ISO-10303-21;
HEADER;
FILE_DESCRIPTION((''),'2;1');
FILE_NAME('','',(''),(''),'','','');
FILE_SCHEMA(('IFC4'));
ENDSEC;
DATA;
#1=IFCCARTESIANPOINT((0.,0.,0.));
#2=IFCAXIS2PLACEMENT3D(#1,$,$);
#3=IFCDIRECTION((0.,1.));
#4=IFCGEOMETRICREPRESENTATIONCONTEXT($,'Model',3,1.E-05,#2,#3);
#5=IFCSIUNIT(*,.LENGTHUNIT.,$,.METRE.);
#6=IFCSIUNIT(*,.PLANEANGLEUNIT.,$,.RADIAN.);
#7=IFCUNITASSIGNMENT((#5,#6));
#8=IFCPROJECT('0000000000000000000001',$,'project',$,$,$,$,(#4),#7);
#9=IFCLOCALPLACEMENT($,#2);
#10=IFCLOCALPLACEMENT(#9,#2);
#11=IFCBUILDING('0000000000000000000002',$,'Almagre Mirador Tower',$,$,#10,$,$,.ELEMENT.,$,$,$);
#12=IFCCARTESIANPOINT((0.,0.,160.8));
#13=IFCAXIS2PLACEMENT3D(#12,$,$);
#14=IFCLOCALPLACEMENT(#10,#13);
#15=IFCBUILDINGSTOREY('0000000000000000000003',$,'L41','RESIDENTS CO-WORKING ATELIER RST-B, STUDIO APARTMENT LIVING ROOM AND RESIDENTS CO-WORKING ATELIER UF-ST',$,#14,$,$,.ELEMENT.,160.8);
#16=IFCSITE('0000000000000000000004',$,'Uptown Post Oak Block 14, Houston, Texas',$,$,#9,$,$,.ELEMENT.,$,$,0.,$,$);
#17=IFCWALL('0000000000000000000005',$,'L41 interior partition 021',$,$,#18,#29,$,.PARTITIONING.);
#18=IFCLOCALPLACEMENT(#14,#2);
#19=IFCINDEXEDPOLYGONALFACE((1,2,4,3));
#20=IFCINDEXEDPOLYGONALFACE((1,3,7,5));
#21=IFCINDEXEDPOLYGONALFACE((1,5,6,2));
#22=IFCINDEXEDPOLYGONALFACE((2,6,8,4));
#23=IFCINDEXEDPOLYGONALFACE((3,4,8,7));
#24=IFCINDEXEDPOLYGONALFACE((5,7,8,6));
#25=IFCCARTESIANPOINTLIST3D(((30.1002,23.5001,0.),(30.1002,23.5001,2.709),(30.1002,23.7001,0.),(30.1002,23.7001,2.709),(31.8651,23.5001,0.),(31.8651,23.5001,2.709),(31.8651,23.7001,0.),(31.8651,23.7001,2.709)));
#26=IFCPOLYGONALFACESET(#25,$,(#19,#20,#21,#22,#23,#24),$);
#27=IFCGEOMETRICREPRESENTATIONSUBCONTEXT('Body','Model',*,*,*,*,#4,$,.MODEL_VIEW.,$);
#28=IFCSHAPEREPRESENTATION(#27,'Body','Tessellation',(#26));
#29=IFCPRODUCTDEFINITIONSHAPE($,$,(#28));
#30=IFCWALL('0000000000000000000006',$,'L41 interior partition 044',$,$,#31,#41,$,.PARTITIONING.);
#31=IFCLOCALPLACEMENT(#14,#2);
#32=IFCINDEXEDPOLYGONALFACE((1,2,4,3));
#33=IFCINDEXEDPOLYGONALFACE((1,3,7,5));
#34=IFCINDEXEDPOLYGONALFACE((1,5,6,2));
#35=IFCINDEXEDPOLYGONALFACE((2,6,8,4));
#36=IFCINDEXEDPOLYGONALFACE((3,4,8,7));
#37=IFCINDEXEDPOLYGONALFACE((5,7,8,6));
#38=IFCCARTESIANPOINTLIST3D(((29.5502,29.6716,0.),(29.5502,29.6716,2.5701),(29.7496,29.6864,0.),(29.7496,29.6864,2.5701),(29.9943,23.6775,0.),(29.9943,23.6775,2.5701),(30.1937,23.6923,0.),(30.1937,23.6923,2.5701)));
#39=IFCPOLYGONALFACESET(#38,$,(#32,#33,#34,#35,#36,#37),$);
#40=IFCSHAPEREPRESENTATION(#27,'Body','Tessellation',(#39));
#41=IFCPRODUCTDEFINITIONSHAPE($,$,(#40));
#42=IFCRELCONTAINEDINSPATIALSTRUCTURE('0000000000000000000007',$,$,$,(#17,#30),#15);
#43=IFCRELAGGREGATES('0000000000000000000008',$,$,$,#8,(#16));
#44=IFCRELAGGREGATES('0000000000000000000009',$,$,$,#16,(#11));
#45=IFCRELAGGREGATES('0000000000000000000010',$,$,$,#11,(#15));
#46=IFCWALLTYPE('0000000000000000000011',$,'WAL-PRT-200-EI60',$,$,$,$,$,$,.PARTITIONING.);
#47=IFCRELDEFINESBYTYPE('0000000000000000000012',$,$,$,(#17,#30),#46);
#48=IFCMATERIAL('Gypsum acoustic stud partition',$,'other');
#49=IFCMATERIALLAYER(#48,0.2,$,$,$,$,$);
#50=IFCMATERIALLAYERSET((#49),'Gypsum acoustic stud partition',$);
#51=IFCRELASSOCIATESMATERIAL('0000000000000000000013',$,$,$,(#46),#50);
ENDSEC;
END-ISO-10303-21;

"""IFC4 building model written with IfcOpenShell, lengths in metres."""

from ifc_helpers import new_model, si_unit, direction, frame, frame_2d, origin, place, context, subcontext, project, spatial, rectangle, extrude, material, layer, layer_set, type_object, element, save


model = new_model("IFC4")

# Units and contexts
model_context = context("Model", 3, precision=1e-05, world=origin(), true_north=direction((0.0, 1.0)))
body_context = subcontext(model_context, "Body", "Model", "MODEL_VIEW")
ifc_project = project(units=[si_unit("LENGTHUNIT", "METRE"), si_unit("PLANEANGLEUNIT", "RADIAN")], contexts=[model_context])

# Site, building, storey
site_placement = place(None, origin())
site = spatial("IfcSite", under=ifc_project, at=site_placement, Name="Uptown Post Oak Block 14, Houston, Texas", CompositionType="ELEMENT", RefElevation=0.0)
building_placement = place(site_placement, origin())
building = spatial("IfcBuilding", under=site, at=building_placement, Name="Almagre Mirador Tower", CompositionType="ELEMENT")
storey_placement = place(building_placement, frame((0.0, 0.0, 160.8)))
storey = spatial("IfcBuildingStorey", under=building, at=storey_placement, Name="L41", Description="RESIDENTS CO-WORKING ATELIER RST-B, STUDIO APARTMENT LIVING ROOM AND RESIDENTS CO-WORKING ATELIER UF-ST", CompositionType="ELEMENT", Elevation=160.8)

# Shared definitions
ifc_material_1 = material(Name="Gypsum acoustic stud partition", Category="other")
ifc_layer_1 = layer(ifc_material_1, 0.2)
ifc_layer_set_1 = layer_set([ifc_layer_1], Name="Gypsum acoustic stud partition")
wall_type_1 = type_object("IfcWallType", Name="WAL-PRT-200-EI60", PredefinedType="PARTITIONING", material=ifc_layer_set_1)

# Walls
wall_1_placement = place(storey_placement, frame((31.865, 23.6001, 0.0), z_axis=(0.0, 0.0, 1.0), x_axis=(-1.0, 0.0, 0.0)))
element("IfcWall", 1, at=wall_1_placement, inside=storey, type_object=wall_type_1, Name="L41 interior partition 021", PredefinedType="PARTITIONING", context=body_context, shape_type="SweptSolid", body=[
    extrude(rectangle(XDim=1.7649, YDim=0.2, at=frame_2d((0.8823, 0.0))), origin(), (0.0, 0.0, 1.0), 2.709),
])
wall_2_placement = place(storey_placement, frame((30.094, 23.6848, 0.0), z_axis=(0.0, 0.0, 1.0), x_axis=(-0.073885, 0.997267, 0.0)))
element("IfcWall", 2, at=wall_2_placement, inside=storey, type_object=wall_type_1, Name="L41 interior partition 044", PredefinedType="PARTITIONING", context=body_context, shape_type="SweptSolid", body=[
    extrude(rectangle(XDim=6.0105, YDim=0.2, at=frame_2d((3.0054, 0.0))), origin(), (0.0, 0.0, 1.0), 2.5701),
])

save(model, "model.ifc")
